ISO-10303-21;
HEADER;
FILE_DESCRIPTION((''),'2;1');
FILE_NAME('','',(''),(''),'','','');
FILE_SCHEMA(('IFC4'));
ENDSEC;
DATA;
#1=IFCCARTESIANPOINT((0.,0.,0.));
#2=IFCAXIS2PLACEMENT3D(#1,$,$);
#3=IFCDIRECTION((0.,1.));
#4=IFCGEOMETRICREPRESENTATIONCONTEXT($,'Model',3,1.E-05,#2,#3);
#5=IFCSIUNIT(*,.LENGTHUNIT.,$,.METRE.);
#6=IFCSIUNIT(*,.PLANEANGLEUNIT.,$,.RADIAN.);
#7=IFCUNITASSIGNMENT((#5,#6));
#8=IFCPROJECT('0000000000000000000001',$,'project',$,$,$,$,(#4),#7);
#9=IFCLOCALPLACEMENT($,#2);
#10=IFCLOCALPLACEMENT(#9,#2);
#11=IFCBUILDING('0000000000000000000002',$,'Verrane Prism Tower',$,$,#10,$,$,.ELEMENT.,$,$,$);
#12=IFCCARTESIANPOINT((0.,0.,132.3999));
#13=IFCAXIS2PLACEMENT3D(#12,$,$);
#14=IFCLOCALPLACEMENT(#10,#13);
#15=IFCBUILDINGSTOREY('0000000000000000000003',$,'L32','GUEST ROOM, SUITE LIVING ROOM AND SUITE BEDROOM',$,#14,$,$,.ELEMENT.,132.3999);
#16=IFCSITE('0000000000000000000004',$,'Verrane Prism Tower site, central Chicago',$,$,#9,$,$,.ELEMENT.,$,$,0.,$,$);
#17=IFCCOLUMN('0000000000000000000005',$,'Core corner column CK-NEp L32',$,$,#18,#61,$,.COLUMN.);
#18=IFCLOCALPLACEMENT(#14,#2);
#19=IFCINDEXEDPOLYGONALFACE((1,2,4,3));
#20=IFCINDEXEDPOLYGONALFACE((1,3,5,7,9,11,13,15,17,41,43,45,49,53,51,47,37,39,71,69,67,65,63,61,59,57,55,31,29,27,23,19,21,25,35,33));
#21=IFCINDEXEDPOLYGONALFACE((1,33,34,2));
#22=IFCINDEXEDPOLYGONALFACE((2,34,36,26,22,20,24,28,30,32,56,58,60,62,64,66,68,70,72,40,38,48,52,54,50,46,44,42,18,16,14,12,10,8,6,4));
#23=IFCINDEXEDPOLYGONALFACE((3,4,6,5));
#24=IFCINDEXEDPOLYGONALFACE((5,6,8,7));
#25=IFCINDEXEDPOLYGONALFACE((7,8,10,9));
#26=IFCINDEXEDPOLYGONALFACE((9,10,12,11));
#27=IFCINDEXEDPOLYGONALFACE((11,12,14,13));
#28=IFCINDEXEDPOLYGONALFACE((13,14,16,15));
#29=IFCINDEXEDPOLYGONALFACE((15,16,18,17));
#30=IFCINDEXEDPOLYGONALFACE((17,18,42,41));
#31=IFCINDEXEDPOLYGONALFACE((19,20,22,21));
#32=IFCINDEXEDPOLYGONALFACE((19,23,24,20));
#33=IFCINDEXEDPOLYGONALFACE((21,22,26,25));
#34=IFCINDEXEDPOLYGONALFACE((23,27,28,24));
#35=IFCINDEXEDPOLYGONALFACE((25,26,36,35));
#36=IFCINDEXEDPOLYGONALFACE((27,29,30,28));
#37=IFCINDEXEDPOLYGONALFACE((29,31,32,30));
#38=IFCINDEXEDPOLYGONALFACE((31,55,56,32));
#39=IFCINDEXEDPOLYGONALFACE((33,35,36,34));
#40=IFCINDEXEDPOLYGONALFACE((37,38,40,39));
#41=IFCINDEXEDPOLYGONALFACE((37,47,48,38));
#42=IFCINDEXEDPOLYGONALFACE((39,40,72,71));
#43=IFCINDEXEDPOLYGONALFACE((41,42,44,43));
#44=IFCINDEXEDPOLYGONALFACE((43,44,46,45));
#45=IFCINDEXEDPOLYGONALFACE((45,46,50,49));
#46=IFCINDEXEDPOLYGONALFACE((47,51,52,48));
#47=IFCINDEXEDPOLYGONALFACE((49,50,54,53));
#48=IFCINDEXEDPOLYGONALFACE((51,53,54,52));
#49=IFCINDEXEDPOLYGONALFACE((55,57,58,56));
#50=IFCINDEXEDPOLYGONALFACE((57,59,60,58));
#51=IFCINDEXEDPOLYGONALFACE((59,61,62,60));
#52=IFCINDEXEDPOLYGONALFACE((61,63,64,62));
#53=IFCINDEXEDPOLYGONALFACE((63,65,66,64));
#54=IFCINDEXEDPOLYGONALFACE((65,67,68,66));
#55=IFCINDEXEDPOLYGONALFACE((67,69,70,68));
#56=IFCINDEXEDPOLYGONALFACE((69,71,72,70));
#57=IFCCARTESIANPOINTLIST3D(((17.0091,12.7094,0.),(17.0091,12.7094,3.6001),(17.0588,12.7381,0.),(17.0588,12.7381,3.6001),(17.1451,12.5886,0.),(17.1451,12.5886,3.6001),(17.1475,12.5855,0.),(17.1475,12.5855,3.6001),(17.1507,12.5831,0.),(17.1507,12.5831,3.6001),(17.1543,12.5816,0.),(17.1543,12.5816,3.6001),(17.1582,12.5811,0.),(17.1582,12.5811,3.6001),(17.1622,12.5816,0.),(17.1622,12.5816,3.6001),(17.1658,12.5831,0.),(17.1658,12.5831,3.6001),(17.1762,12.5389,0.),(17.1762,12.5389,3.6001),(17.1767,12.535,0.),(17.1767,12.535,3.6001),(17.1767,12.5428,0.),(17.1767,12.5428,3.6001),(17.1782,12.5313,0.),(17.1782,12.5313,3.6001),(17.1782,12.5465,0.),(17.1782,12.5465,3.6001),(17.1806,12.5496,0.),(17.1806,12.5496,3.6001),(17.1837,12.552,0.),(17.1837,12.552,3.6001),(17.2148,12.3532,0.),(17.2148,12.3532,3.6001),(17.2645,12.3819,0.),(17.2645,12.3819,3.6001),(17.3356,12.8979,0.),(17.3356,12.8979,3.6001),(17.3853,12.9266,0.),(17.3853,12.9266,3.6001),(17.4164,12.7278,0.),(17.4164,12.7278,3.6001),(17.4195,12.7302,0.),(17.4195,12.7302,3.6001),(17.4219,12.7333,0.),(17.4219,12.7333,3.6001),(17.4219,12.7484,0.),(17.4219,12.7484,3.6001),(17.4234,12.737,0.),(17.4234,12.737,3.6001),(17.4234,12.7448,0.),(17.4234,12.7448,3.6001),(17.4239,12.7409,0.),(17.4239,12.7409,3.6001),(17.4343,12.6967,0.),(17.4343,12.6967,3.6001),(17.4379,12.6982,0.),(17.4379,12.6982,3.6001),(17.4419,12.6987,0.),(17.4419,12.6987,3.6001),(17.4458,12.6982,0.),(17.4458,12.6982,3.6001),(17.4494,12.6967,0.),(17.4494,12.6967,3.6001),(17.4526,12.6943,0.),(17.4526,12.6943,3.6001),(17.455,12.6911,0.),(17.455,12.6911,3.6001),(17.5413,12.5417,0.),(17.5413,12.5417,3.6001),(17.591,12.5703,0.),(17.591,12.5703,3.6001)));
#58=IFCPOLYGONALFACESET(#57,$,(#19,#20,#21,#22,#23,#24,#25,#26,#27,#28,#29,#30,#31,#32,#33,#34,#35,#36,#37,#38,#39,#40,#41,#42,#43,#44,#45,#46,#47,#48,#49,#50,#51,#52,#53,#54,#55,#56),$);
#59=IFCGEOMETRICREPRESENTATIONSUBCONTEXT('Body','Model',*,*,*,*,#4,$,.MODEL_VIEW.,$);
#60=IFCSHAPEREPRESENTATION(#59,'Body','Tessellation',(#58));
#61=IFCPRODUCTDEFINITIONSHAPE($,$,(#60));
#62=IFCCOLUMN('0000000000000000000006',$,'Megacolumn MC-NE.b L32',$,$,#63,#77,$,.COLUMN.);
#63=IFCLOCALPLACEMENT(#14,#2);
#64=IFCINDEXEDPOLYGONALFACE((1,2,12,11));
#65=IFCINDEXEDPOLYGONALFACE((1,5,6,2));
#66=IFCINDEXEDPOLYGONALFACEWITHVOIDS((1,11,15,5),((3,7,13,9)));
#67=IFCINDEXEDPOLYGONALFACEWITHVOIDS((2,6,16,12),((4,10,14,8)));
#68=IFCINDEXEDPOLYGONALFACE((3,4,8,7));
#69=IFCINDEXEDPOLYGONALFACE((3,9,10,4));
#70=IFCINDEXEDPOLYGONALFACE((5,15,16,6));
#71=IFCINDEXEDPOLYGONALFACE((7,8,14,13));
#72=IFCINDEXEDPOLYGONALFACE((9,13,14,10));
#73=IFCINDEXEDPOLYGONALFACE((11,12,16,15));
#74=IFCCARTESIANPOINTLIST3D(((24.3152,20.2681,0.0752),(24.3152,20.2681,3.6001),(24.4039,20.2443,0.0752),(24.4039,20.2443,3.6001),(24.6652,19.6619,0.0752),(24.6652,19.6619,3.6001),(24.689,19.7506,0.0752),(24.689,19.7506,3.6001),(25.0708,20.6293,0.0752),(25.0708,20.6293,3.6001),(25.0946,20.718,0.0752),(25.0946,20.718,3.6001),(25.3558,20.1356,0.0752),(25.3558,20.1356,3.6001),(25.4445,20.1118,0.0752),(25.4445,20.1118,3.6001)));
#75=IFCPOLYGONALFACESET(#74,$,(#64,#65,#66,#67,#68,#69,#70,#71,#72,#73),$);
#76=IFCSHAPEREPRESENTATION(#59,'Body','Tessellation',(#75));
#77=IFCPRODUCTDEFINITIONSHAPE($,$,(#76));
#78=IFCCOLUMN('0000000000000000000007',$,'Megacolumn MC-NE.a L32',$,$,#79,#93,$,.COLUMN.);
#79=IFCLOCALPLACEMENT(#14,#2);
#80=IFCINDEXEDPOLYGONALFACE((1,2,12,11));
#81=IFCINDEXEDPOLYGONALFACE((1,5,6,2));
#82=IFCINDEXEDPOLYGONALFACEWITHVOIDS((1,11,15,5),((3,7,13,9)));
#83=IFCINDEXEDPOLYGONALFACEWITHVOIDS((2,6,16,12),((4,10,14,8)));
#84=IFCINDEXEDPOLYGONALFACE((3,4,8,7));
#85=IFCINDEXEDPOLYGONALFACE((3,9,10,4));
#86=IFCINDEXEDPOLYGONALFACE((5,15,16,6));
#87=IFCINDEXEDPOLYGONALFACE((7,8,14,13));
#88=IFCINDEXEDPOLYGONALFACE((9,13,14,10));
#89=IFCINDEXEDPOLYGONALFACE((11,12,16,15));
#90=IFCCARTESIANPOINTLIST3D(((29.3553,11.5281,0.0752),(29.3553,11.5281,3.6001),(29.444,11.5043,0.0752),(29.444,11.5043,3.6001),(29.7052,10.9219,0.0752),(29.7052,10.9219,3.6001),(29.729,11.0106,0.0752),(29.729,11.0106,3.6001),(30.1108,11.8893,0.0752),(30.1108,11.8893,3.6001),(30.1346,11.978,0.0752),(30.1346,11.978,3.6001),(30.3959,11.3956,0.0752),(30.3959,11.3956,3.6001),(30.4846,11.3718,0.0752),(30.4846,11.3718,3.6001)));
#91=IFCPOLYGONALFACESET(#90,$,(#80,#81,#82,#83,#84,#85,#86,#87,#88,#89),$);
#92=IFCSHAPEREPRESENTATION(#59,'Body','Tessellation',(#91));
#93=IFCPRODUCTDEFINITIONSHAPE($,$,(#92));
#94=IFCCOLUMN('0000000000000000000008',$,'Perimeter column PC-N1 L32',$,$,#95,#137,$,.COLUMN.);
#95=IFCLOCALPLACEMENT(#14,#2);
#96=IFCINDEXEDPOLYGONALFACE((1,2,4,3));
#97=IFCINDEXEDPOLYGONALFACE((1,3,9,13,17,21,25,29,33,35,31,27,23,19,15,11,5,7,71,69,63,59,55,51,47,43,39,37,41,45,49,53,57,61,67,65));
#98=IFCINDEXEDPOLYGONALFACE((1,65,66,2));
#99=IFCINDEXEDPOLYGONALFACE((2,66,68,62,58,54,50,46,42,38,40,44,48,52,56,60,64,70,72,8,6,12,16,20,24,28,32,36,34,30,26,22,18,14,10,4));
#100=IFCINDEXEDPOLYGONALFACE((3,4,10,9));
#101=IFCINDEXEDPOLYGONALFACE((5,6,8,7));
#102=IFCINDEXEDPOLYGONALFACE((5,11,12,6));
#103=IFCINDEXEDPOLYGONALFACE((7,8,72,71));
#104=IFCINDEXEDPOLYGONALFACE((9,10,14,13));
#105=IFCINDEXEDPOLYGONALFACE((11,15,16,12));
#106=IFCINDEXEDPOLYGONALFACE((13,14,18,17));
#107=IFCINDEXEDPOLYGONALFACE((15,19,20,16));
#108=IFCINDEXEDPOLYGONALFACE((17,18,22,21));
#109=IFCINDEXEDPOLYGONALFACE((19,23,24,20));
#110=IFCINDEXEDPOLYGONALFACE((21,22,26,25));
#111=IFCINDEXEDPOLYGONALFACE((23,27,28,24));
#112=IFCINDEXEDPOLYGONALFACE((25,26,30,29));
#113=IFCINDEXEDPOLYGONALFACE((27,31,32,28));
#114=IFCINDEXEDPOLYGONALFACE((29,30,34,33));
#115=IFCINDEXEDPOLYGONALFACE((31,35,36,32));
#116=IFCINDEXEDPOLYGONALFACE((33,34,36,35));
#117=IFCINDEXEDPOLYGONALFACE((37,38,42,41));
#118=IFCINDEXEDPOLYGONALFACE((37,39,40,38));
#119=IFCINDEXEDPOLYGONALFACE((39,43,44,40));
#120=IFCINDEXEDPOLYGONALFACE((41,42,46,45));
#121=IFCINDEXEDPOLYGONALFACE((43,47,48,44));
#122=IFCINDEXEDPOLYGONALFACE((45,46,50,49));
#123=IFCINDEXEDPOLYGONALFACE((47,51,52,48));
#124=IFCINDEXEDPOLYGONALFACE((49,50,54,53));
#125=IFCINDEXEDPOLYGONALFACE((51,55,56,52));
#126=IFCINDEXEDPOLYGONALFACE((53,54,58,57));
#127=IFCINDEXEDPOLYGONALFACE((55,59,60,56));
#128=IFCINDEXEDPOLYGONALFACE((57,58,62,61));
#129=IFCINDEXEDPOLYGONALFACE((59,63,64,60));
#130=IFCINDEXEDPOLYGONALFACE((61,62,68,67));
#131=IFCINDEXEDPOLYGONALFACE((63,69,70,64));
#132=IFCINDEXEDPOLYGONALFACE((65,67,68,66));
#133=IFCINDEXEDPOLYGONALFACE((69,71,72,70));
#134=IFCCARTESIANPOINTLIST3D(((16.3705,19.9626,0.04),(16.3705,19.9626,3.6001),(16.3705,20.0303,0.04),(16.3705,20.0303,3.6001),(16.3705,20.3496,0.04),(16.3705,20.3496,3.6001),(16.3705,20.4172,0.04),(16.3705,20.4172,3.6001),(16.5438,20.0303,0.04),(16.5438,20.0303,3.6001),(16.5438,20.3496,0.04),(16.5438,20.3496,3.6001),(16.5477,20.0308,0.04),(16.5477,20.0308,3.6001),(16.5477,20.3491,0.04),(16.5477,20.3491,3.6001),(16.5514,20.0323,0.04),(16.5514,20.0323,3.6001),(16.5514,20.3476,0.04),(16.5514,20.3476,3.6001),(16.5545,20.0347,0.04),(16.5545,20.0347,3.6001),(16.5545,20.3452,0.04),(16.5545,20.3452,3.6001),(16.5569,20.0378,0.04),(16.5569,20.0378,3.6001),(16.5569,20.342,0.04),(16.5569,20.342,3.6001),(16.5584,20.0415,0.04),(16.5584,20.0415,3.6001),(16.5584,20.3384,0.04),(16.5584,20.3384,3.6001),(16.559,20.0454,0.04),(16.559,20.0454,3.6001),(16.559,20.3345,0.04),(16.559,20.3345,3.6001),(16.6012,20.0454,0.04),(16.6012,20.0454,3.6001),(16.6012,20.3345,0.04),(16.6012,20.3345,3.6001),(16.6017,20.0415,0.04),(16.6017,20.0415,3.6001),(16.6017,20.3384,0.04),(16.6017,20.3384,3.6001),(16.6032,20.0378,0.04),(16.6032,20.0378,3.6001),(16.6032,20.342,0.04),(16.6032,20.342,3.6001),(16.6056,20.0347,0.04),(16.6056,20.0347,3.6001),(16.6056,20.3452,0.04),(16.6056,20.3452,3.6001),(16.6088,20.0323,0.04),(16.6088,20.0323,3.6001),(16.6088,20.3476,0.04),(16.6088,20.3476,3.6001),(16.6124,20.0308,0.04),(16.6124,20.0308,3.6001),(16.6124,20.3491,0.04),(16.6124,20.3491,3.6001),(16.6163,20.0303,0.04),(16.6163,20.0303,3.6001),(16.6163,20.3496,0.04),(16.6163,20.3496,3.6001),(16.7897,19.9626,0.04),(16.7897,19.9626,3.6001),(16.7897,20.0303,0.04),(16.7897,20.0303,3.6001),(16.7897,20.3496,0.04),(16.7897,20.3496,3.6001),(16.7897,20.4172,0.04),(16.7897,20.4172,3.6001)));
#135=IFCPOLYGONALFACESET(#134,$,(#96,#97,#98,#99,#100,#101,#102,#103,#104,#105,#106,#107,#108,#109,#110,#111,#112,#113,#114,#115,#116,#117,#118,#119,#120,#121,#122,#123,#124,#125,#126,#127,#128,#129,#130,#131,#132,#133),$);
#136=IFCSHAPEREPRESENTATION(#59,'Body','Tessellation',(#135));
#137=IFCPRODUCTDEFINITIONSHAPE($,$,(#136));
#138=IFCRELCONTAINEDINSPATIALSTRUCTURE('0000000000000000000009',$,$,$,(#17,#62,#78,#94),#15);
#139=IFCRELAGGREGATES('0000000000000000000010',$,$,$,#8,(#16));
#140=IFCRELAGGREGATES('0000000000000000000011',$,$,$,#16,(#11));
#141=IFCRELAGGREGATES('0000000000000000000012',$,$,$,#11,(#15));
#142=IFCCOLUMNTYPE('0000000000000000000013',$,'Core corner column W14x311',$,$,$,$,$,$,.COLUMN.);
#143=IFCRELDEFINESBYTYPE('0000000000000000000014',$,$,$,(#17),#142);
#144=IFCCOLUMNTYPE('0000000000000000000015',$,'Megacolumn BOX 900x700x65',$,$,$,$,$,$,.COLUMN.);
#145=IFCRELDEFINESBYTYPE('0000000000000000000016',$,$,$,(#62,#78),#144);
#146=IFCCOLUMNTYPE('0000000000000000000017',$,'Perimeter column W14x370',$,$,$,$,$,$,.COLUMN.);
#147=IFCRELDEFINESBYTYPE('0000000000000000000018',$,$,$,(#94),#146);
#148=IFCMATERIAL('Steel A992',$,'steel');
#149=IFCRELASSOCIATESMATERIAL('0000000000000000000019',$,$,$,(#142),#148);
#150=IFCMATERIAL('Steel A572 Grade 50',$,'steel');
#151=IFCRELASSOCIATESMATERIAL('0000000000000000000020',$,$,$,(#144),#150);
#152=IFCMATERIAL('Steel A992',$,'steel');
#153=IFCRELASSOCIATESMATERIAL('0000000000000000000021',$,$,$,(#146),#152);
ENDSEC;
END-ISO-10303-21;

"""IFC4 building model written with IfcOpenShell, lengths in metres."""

from ifc_helpers import new_model, si_unit, direction, frame, origin, origin_2d, place, context, subcontext, project, spatial, hollow_rectangle, i_section, extrude, material, material_profile, profile_set, type_object, element, save


model = new_model("IFC4")

# Units and contexts
model_context = context("Model", 3, precision=1e-05, world=origin(), true_north=direction((0.0, 1.0)))
body_context = subcontext(model_context, "Body", "Model", "MODEL_VIEW")
ifc_project = project(units=[si_unit("LENGTHUNIT", "METRE"), si_unit("PLANEANGLEUNIT", "RADIAN")], contexts=[model_context])

# Site, building, storey
site_placement = place(None, origin())
site = spatial("IfcSite", under=ifc_project, at=site_placement, Name="Verrane Prism Tower site, central Chicago", CompositionType="ELEMENT", RefElevation=0.0)
building_placement = place(site_placement, origin())
building = spatial("IfcBuilding", under=site, at=building_placement, Name="Verrane Prism Tower", CompositionType="ELEMENT")
storey_placement = place(building_placement, frame((0.0, 0.0, 132.3999)))
storey = spatial("IfcBuildingStorey", under=building, at=storey_placement, Name="L32", Description="GUEST ROOM, SUITE LIVING ROOM AND SUITE BEDROOM", CompositionType="ELEMENT", Elevation=132.3999)

# Columns
ifc_material_1 = material(Name="Steel A992", Category="steel")
ifc_material_profile_1 = material_profile(ifc_material_1, i_section(OverallWidth=0.4114, OverallDepth=0.4343, WebThickness=0.0359, FlangeThickness=0.0574, FilletRadius=0.0151, at=origin_2d()), Name="W14x311")
ifc_profile_set_1 = profile_set([ifc_material_profile_1], Name="Steel A992")
column_type_1 = type_object("IfcColumnType", Name="Core corner column W14x311", PredefinedType="COLUMN", material=ifc_profile_set_1)
column_1_placement = place(storey_placement, frame((17.3, 12.6399, 0.0), z_axis=(0.0, 0.0, 1.0), x_axis=(0.5, -0.866025, 0.0)))
element("IfcColumn", 1, at=column_1_placement, inside=storey, type_object=column_type_1, Name="Core corner column CK-NEp L32", PredefinedType="COLUMN", context=body_context, shape_type="SweptSolid", body=[
    extrude(i_section(OverallWidth=0.4114, OverallDepth=0.4343, WebThickness=0.0359, FlangeThickness=0.0574, FilletRadius=0.0151, at=origin_2d()), origin(), (0.0, 0.0, 1.0), 3.6001),
])
ifc_material_2 = material(Name="Steel A572 Grade 50", Category="steel")
ifc_material_profile_2 = material_profile(ifc_material_2, hollow_rectangle(XDim=0.7, YDim=0.8999, WallThickness=0.0649, at=origin_2d()), Name="BOX 900x700x65")
ifc_profile_set_2 = profile_set([ifc_material_profile_2], Name="Steel A572 Grade 50")
column_type_2 = type_object("IfcColumnType", Name="Megacolumn BOX 900x700x65", PredefinedType="COLUMN", material=ifc_profile_set_2)
for number, where, z_axis, x_axis, name in (
    (2, (24.8799, 20.1899, 0.0752), (0.0, 0.0, 1.0), (0.5, -0.866025, 0.0), "Megacolumn MC-NE.b L32"),
    (3, (29.9199, 11.45, 0.0752), (0.0, 0.0, 1.0), (0.5, -0.866025, 0.0), "Megacolumn MC-NE.a L32"),
):
    element("IfcColumn", number, at=place(storey_placement, frame(where, z_axis=z_axis, x_axis=x_axis)), inside=storey, type_object=column_type_2, Name=name, PredefinedType="COLUMN", context=body_context, shape_type="SweptSolid", body=[
        extrude(hollow_rectangle(XDim=0.7, YDim=0.8999, WallThickness=0.0649, at=origin_2d()), origin(), (0.0, 0.0, 1.0), 3.5249),
    ])
ifc_material_3 = material(Name="Steel A992", Category="steel")
ifc_material_profile_3 = material_profile(ifc_material_3, i_section(OverallWidth=0.4192, OverallDepth=0.4546, WebThickness=0.0422, FlangeThickness=0.0676, FilletRadius=0.0151, at=origin_2d()), Name="W14x370")
ifc_profile_set_3 = profile_set([ifc_material_profile_3], Name="Steel A992")
column_type_3 = type_object("IfcColumnType", Name="Perimeter column W14x370", PredefinedType="COLUMN", material=ifc_profile_set_3)
column_2_placement = place(storey_placement, frame((16.5801, 20.1899, 0.04), z_axis=(0.0, 0.0, 1.0), x_axis=(1.0, 0.0, 0.0)))
element("IfcColumn", 4, at=column_2_placement, inside=storey, type_object=column_type_3, Name="Perimeter column PC-N1 L32", PredefinedType="COLUMN", context=body_context, shape_type="SweptSolid", body=[
    extrude(i_section(OverallWidth=0.4192, OverallDepth=0.4546, WebThickness=0.0422, FlangeThickness=0.0676, FilletRadius=0.0151, at=origin_2d()), origin(), (0.0, 0.0, 1.0), 3.5601),
])

save(model, "model.ifc")
